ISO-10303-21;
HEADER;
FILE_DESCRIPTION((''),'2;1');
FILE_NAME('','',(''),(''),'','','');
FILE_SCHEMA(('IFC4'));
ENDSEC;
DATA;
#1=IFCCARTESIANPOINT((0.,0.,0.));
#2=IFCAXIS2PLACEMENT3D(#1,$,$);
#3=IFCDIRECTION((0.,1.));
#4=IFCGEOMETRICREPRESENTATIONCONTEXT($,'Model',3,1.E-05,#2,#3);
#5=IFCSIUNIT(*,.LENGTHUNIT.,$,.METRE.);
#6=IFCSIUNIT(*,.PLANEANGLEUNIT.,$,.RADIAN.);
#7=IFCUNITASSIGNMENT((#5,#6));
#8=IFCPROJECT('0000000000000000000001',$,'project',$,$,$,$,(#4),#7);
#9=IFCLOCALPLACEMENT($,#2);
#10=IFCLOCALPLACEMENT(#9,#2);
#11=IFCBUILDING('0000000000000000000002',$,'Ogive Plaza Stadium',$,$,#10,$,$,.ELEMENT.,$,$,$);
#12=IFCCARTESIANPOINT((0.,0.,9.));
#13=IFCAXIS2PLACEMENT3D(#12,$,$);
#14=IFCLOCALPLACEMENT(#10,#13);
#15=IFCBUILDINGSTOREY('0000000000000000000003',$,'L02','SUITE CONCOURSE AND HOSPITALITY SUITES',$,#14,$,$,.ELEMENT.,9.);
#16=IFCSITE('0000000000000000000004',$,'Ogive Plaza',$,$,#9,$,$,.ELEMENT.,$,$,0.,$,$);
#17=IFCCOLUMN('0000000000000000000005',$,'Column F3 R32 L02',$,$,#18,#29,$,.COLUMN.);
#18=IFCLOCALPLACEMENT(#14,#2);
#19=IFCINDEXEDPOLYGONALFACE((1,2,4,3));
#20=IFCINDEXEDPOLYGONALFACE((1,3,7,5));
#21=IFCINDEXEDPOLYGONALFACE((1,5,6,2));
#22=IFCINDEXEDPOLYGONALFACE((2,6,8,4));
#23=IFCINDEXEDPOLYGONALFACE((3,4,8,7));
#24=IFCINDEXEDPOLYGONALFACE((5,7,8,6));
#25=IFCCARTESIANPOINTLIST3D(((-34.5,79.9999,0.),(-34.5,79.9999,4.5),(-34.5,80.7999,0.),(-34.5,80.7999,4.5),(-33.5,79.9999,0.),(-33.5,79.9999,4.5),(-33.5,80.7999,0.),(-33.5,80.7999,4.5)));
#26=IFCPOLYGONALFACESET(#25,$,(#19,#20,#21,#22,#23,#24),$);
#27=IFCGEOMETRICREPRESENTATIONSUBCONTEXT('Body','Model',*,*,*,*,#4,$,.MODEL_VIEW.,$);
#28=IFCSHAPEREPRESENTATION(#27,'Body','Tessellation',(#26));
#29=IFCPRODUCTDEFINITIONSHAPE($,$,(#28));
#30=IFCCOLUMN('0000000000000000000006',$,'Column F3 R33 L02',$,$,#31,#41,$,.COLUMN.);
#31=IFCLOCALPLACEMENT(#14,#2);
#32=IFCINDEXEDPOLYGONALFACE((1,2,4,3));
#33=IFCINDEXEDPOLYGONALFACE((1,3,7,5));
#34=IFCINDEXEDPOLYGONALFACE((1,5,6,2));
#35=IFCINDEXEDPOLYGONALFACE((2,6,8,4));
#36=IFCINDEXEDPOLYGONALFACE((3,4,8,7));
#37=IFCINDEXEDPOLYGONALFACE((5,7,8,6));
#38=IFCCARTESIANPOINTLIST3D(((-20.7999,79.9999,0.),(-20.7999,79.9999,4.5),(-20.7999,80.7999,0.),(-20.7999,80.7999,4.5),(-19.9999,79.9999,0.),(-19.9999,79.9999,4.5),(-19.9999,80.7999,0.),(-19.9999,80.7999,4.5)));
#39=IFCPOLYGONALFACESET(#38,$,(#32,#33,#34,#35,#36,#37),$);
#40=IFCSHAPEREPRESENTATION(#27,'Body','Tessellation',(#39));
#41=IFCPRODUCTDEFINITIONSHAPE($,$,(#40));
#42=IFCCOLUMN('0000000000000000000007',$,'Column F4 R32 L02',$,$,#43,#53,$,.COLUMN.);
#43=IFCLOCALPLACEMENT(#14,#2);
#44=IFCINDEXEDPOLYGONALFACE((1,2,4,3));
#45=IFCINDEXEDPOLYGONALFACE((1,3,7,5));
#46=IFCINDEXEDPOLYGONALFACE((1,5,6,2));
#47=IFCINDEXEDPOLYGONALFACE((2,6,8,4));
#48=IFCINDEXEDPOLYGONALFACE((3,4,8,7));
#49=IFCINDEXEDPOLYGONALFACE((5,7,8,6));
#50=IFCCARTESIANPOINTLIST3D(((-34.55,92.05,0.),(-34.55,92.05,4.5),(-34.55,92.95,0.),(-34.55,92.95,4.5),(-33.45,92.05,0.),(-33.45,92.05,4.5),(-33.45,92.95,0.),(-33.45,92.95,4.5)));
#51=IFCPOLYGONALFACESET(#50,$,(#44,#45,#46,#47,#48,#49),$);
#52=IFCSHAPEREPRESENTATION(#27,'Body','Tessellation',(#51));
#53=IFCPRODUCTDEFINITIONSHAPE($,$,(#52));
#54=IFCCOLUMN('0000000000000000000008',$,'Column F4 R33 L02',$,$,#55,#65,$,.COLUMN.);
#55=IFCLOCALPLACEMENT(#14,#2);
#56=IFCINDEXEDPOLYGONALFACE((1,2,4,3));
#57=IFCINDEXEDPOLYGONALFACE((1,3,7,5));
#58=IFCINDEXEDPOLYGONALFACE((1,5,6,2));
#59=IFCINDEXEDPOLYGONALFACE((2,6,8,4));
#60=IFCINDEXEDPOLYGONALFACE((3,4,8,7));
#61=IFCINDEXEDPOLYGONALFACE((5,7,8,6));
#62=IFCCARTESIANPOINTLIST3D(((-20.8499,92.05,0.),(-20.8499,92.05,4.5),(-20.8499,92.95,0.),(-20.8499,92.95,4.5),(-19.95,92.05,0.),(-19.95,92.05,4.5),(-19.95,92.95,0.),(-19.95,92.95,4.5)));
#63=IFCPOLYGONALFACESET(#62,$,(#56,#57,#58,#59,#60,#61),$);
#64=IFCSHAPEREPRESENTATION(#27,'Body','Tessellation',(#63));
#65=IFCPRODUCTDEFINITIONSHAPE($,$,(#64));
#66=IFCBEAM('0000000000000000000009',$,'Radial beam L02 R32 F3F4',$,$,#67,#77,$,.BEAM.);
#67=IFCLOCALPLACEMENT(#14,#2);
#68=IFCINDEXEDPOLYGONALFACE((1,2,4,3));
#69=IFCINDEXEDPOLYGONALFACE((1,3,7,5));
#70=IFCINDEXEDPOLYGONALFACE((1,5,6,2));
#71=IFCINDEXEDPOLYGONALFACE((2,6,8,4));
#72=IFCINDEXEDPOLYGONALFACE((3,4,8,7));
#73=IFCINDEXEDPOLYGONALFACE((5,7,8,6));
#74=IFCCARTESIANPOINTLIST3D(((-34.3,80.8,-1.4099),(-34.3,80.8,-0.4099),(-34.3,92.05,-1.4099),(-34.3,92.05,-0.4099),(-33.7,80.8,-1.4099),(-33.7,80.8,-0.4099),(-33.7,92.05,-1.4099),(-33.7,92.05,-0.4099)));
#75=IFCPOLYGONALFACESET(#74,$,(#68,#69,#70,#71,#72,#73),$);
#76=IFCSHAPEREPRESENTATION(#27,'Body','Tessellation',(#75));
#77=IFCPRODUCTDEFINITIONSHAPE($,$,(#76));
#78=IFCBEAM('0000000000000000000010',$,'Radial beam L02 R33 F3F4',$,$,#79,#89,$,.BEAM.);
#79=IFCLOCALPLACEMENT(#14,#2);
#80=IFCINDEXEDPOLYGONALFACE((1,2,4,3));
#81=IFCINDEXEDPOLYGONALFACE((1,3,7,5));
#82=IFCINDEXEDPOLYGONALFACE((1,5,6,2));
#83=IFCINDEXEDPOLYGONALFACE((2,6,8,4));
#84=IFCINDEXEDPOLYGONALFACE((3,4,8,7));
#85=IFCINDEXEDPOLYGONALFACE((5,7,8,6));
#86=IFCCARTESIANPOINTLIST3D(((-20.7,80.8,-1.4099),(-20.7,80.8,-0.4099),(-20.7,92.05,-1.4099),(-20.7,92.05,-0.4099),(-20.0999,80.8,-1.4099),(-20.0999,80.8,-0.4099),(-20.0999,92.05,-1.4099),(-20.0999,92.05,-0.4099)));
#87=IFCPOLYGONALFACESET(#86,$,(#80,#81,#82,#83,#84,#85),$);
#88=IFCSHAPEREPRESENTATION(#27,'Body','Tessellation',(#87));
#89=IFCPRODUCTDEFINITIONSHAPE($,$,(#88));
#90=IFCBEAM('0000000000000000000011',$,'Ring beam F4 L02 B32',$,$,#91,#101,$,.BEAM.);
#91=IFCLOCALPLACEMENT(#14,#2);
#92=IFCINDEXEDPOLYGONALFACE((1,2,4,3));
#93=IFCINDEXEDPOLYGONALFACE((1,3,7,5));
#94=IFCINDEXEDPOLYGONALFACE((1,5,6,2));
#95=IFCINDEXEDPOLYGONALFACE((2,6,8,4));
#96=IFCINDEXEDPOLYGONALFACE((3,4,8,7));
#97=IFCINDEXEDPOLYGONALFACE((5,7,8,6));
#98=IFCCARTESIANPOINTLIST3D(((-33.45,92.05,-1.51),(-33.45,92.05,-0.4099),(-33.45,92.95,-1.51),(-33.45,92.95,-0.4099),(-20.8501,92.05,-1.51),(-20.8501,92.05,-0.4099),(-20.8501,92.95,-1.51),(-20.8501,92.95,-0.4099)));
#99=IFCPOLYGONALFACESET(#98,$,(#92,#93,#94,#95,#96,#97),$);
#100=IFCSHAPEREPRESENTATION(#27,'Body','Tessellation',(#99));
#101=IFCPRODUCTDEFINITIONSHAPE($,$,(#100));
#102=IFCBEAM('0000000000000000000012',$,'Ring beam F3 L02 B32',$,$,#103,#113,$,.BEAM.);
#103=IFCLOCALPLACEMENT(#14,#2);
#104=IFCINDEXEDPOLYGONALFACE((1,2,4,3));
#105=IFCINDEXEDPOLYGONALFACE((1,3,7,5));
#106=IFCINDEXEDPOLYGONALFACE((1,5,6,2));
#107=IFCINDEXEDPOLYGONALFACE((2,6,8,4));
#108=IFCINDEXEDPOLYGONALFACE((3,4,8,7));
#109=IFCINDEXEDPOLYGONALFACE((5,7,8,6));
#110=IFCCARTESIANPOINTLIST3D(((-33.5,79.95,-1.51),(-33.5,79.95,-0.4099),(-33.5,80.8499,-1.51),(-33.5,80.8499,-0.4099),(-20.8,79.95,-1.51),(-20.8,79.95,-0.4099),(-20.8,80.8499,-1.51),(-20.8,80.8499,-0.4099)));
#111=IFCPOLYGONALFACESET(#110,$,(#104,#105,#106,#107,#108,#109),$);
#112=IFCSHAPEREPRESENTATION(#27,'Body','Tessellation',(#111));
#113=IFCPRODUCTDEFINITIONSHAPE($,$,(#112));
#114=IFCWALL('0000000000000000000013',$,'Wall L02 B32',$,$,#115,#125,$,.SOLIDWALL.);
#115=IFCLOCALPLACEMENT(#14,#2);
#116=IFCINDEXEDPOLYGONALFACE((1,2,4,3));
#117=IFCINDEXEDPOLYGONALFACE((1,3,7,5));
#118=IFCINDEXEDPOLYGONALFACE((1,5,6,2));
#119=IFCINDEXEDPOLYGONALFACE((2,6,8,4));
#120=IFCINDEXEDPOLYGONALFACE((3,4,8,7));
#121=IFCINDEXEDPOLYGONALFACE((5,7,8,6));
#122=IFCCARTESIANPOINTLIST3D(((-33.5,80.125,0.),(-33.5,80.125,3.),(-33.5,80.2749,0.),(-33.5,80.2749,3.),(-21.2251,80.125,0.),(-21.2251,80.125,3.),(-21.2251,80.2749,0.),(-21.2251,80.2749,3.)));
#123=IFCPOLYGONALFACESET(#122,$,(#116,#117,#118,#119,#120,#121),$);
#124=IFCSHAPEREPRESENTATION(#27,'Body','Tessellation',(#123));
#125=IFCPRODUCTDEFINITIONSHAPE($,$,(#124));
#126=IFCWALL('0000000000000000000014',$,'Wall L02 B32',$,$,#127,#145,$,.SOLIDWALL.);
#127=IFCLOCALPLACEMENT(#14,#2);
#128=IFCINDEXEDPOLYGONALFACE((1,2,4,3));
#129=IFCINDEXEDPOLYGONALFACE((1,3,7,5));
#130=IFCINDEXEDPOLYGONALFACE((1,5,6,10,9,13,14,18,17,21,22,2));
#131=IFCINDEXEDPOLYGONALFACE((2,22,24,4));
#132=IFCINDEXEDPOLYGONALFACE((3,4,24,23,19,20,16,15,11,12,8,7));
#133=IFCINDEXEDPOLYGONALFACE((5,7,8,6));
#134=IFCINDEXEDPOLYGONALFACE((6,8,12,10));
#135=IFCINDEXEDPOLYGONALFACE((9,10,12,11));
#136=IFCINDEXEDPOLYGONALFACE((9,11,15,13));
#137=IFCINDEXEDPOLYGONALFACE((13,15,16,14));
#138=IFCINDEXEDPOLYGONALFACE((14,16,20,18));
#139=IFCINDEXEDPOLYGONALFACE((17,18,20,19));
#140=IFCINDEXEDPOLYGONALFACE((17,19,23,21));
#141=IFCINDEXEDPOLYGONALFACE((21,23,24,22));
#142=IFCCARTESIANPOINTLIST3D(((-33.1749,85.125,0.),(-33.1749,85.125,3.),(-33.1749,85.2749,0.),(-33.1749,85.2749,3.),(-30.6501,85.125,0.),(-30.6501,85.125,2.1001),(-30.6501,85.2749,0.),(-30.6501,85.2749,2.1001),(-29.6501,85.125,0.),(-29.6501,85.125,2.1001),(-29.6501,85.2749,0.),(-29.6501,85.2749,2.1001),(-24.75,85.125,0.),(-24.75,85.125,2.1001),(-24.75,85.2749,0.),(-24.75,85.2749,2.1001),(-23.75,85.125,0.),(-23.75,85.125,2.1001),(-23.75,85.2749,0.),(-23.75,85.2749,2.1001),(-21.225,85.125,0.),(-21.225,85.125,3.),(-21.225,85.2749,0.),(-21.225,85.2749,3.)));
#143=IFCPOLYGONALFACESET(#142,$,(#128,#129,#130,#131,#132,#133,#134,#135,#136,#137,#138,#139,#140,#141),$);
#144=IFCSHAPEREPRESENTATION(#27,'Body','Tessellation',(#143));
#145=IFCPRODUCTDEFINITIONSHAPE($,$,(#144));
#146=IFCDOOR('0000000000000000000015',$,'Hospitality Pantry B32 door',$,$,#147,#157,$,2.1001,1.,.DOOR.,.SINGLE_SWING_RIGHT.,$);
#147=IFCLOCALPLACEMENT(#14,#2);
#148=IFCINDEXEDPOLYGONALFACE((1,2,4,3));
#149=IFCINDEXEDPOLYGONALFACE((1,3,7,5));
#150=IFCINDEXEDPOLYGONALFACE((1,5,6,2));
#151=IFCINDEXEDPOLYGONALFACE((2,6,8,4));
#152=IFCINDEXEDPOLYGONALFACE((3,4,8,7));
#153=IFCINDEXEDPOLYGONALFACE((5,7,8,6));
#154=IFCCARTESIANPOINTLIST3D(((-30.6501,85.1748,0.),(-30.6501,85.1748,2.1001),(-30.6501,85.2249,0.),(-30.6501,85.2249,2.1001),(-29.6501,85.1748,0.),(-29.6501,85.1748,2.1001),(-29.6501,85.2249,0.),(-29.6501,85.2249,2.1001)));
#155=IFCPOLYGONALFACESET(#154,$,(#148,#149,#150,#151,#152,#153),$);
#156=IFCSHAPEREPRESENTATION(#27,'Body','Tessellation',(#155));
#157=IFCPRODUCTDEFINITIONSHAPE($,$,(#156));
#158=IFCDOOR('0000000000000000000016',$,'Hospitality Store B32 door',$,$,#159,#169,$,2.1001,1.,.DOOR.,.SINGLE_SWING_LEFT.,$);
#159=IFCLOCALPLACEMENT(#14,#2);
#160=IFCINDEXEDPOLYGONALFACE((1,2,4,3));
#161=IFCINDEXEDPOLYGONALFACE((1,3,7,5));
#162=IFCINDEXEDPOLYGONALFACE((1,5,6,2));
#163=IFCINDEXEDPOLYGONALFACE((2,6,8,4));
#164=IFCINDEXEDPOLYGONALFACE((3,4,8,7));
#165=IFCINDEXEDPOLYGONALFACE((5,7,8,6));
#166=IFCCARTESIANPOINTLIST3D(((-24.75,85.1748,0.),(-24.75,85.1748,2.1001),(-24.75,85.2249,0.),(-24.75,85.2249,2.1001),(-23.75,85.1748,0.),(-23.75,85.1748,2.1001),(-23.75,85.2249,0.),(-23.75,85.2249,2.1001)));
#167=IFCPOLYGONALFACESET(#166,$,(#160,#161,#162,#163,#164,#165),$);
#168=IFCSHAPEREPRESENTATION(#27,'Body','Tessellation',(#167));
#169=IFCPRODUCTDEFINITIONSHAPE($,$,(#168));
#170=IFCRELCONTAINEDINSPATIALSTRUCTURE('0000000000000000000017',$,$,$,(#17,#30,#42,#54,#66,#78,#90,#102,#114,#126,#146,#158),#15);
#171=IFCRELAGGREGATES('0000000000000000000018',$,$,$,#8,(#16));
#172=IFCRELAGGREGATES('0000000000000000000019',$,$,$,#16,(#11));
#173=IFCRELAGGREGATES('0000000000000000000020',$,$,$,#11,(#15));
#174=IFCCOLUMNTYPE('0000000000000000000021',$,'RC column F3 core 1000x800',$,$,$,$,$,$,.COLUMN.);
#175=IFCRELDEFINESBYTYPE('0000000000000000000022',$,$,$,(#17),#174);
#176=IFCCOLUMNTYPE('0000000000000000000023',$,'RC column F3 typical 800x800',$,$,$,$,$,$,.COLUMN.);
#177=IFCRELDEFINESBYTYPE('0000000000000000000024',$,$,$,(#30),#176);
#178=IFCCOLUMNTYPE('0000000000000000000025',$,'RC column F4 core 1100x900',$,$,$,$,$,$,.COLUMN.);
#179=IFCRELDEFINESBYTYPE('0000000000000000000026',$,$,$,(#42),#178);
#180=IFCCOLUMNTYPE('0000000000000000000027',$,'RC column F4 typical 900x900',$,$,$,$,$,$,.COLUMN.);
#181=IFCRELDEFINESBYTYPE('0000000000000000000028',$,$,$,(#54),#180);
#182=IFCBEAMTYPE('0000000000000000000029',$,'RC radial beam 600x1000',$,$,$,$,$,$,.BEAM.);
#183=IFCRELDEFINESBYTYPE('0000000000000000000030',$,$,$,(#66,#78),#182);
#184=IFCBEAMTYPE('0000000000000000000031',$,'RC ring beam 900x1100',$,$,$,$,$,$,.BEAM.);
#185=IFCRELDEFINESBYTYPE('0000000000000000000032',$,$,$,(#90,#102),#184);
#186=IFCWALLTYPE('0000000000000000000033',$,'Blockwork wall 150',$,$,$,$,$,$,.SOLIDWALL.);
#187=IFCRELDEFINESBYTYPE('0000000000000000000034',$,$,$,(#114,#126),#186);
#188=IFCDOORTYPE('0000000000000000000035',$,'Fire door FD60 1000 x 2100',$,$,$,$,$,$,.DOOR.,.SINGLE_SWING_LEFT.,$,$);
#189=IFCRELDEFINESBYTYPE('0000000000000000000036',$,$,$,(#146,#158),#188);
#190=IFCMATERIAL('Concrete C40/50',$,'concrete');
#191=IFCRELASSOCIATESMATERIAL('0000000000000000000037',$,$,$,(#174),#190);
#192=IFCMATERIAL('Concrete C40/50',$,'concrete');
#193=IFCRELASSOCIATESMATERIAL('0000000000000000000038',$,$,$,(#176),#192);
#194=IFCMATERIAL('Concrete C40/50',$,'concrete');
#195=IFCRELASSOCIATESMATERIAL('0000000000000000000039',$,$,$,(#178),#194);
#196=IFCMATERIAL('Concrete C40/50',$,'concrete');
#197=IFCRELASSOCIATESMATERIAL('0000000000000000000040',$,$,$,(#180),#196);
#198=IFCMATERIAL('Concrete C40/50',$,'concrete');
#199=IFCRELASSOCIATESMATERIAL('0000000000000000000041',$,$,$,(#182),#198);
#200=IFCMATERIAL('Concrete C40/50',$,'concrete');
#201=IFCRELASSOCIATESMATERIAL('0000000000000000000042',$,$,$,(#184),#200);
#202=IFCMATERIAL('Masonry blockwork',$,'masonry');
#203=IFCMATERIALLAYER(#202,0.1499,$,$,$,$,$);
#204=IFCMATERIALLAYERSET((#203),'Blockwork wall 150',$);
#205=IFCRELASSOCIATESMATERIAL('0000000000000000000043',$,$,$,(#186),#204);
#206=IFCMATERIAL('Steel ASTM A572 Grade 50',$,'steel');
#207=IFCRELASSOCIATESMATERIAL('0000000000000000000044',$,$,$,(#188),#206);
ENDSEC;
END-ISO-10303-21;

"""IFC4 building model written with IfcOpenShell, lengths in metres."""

from ifc_helpers import new_model, si_unit, direction, frame, frame_2d, origin, origin_2d, place, context, subcontext, project, spatial, rectangle, extrude, material, layer, layer_set, material_profile, profile_set, type_object, element, fill, save


model = new_model("IFC4")

# Units and contexts
model_context = context("Model", 3, precision=1e-05, world=origin(), true_north=direction((0.0, 1.0)))
body_context = subcontext(model_context, "Body", "Model", "MODEL_VIEW")
ifc_project = project(units=[si_unit("LENGTHUNIT", "METRE"), si_unit("PLANEANGLEUNIT", "RADIAN")], contexts=[model_context])

# Site, building, storey
site_placement = place(None, origin())
site = spatial("IfcSite", under=ifc_project, at=site_placement, Name="Ogive Plaza", CompositionType="ELEMENT", RefElevation=0.0)
building_placement = place(site_placement, origin())
building = spatial("IfcBuilding", under=site, at=building_placement, Name="Ogive Plaza Stadium", CompositionType="ELEMENT")
storey_placement = place(building_placement, frame((0.0, 0.0, 9.0)))
storey = spatial("IfcBuildingStorey", under=building, at=storey_placement, Name="L02", Description="SUITE CONCOURSE AND HOSPITALITY SUITES", CompositionType="ELEMENT", Elevation=9.0)

# Columns
ifc_material_1 = material(Name="Concrete C40/50", Category="concrete")
ifc_material_profile_1 = material_profile(ifc_material_1, rectangle(XDim=1.0, YDim=0.8, at=origin_2d()), Name="RC 1000x800")
ifc_profile_set_1 = profile_set([ifc_material_profile_1], Name="Concrete C40/50")
column_type_1 = type_object("IfcColumnType", Name="RC column F3 core 1000x800", PredefinedType="COLUMN", material=ifc_profile_set_1)
column_1_placement = place(storey_placement, frame((-34.0, 80.3999, 0.0), z_axis=(0.0, 0.0, 1.0), x_axis=(-1.0, 0.0, 0.0)))
element("IfcColumn", 1, at=column_1_placement, inside=storey, type_object=column_type_1, Name="Column F3 R32 L02", PredefinedType="COLUMN", context=body_context, shape_type="SweptSolid", body=[
    extrude(rectangle(XDim=1.0, YDim=0.8, at=origin_2d()), origin(), (0.0, 0.0, 1.0), 4.5),
])
ifc_material_2 = material(Name="Concrete C40/50", Category="concrete")
ifc_material_profile_2 = material_profile(ifc_material_2, rectangle(XDim=0.8, YDim=0.8, at=origin_2d()), Name="RC 800x800")
ifc_profile_set_2 = profile_set([ifc_material_profile_2], Name="Concrete C40/50")
column_type_2 = type_object("IfcColumnType", Name="RC column F3 typical 800x800", PredefinedType="COLUMN", material=ifc_profile_set_2)
column_2_placement = place(storey_placement, frame((-20.3999, 80.3999, 0.0), z_axis=(0.0, 0.0, 1.0), x_axis=(-1.0, 0.0, 0.0)))
element("IfcColumn", 2, at=column_2_placement, inside=storey, type_object=column_type_2, Name="Column F3 R33 L02", PredefinedType="COLUMN", context=body_context, shape_type="SweptSolid", body=[
    extrude(rectangle(XDim=0.8, YDim=0.8, at=origin_2d()), origin(), (0.0, 0.0, 1.0), 4.5),
])
ifc_material_3 = material(Name="Concrete C40/50", Category="concrete")
ifc_material_profile_3 = material_profile(ifc_material_3, rectangle(XDim=1.1001, YDim=0.8999, at=origin_2d()), Name="RC 1100x900")
ifc_profile_set_3 = profile_set([ifc_material_profile_3], Name="Concrete C40/50")
column_type_3 = type_object("IfcColumnType", Name="RC column F4 core 1100x900", PredefinedType="COLUMN", material=ifc_profile_set_3)
column_3_placement = place(storey_placement, frame((-34.0, 92.5, 0.0), z_axis=(0.0, 0.0, 1.0), x_axis=(-1.0, 0.0, 0.0)))
element("IfcColumn", 3, at=column_3_placement, inside=storey, type_object=column_type_3, Name="Column F4 R32 L02", PredefinedType="COLUMN", context=body_context, shape_type="SweptSolid", body=[
    extrude(rectangle(XDim=1.1001, YDim=0.8999, at=origin_2d()), origin(), (0.0, 0.0, 1.0), 4.5),
])
ifc_material_4 = material(Name="Concrete C40/50", Category="concrete")
ifc_material_profile_4 = material_profile(ifc_material_4, rectangle(XDim=0.8999, YDim=0.8999, at=origin_2d()), Name="RC 900x900")
ifc_profile_set_4 = profile_set([ifc_material_profile_4], Name="Concrete C40/50")
column_type_4 = type_object("IfcColumnType", Name="RC column F4 typical 900x900", PredefinedType="COLUMN", material=ifc_profile_set_4)
column_4_placement = place(storey_placement, frame((-20.3999, 92.5, 0.0), z_axis=(0.0, 0.0, 1.0), x_axis=(-1.0, 0.0, 0.0)))
element("IfcColumn", 4, at=column_4_placement, inside=storey, type_object=column_type_4, Name="Column F4 R33 L02", PredefinedType="COLUMN", context=body_context, shape_type="SweptSolid", body=[
    extrude(rectangle(XDim=0.8999, YDim=0.8999, at=origin_2d()), origin(), (0.0, 0.0, 1.0), 4.5),
])

# Beams
ifc_material_5 = material(Name="Concrete C40/50", Category="concrete")
ifc_material_profile_5 = material_profile(ifc_material_5, rectangle(XDim=0.6001, YDim=1.0, at=origin_2d()), Name="RC 600x1000")
ifc_profile_set_5 = profile_set([ifc_material_profile_5], Name="Concrete C40/50")
beam_type_1 = type_object("IfcBeamType", Name="RC radial beam 600x1000", PredefinedType="BEAM", material=ifc_profile_set_5)
for number, where, z_axis, x_axis, name in (
    (5, (-34.0, 80.8, -0.9099), (0.0, 1.0, 0.0), (-1.0, 0.0, 0.0), "Radial beam L02 R32 F3F4"),
    (6, (-20.3999, 80.8, -0.9099), (0.0, 1.0, 0.0), (-1.0, 0.0, 0.0), "Radial beam L02 R33 F3F4"),
):
    element("IfcBeam", number, at=place(storey_placement, frame(where, z_axis=z_axis, x_axis=x_axis)), inside=storey, type_object=beam_type_1, Name=name, PredefinedType="BEAM", context=body_context, shape_type="SweptSolid", body=[
        extrude(rectangle(XDim=0.6001, YDim=1.0, at=origin_2d()), origin(), (0.0, 0.0, 1.0), 11.25),
    ])
ifc_material_6 = material(Name="Concrete C40/50", Category="concrete")
ifc_material_profile_6 = material_profile(ifc_material_6, rectangle(XDim=0.8999, YDim=1.1001, at=origin_2d()), Name="RC 900x1100")
ifc_profile_set_6 = profile_set([ifc_material_profile_6], Name="Concrete C40/50")
beam_type_2 = type_object("IfcBeamType", Name="RC ring beam 900x1100", PredefinedType="BEAM", material=ifc_profile_set_6)
beam_1_placement = place(storey_placement, frame((-33.45, 92.5, -0.96), z_axis=(1.0, 0.0, 0.0), x_axis=(0.0, 1.0, 0.0)))
element("IfcBeam", 7, at=beam_1_placement, inside=storey, type_object=beam_type_2, Name="Ring beam F4 L02 B32", PredefinedType="BEAM", context=body_context, shape_type="SweptSolid", body=[
    extrude(rectangle(XDim=0.8999, YDim=1.1001, at=origin_2d()), origin(), (0.0, 0.0, 1.0), 12.5999),
])
beam_2_placement = place(storey_placement, frame((-33.5, 80.3999, -0.96), z_axis=(1.0, 0.0, 0.0), x_axis=(0.0, 1.0, 0.0)))
element("IfcBeam", 8, at=beam_2_placement, inside=storey, type_object=beam_type_2, Name="Ring beam F3 L02 B32", PredefinedType="BEAM", context=body_context, shape_type="SweptSolid", body=[
    extrude(rectangle(XDim=0.8999, YDim=1.1001, at=origin_2d()), origin(), (0.0, 0.0, 1.0), 12.7),
])

# Wall
ifc_material_7 = material(Name="Masonry blockwork", Category="masonry")
ifc_layer_1 = layer(ifc_material_7, 0.1499)
ifc_layer_set_1 = layer_set([ifc_layer_1], Name="Blockwork wall 150")
wall_type_1 = type_object("IfcWallType", Name="Blockwork wall 150", PredefinedType="SOLIDWALL", material=ifc_layer_set_1)
wall_1_placement = place(storey_placement, frame((-33.5, 80.2, 0.0), z_axis=(0.0, 0.0, 1.0), x_axis=(1.0, 0.0, 0.0)))
element("IfcWall", 9, at=wall_1_placement, inside=storey, type_object=wall_type_1, Name="Wall L02 B32", PredefinedType="SOLIDWALL", context=body_context, shape_type="SweptSolid", body=[
    extrude(rectangle(XDim=12.2749, YDim=0.1499, at=frame_2d((6.1375, 0.0))), origin(), (0.0, 0.0, 1.0), 3.0),
])

# Wall, openings, doors
wall_2_placement = place(storey_placement, frame((-33.175, 85.2, 0.0), z_axis=(0.0, 0.0, 1.0), x_axis=(1.0, 0.0, 0.0)))
wall_2 = element("IfcWall", 10, at=wall_2_placement, inside=storey, type_object=wall_type_1, Name="Wall L02 B32", PredefinedType="SOLIDWALL", context=body_context, shape_type="SweptSolid", body=[
    extrude(rectangle(XDim=11.95, YDim=0.1499, at=frame_2d((5.9751, 0.0))), origin(), (0.0, 0.0, 1.0), 3.0),
])
opening_1_placement = place(wall_2_placement, frame((2.5249, 0.0, 0.0)))
opening_1 = element("IfcOpeningElement", 11, at=opening_1_placement, cuts=wall_2, PredefinedType="OPENING", context=body_context, shape_type="SweptSolid", body=[
    extrude(rectangle(XDim=1.0, YDim=2.1001, at=frame_2d((0.5, 1.05))), frame((0.0, 0.075, 0.0), z_axis=(0.0, -1.0, 0.0), x_axis=(1.0, 0.0, 0.0)), (0.0, 0.0, 1.0), 0.1499),
])
opening_2_placement = place(wall_2_placement, frame((8.425, 0.0, 0.0)))
opening_2 = element("IfcOpeningElement", 12, at=opening_2_placement, cuts=wall_2, PredefinedType="OPENING", context=body_context, shape_type="SweptSolid", body=[
    extrude(rectangle(XDim=1.0, YDim=2.1001, at=frame_2d((0.5, 1.05))), frame((0.0, 0.075, 0.0), z_axis=(0.0, -1.0, 0.0), x_axis=(1.0, 0.0, 0.0)), (0.0, 0.0, 1.0), 0.1499),
])
ifc_material_8 = material(Name="Steel ASTM A572 Grade 50", Category="steel")
door_type = type_object("IfcDoorType", Name="Fire door FD60 1000 x 2100", OperationType="SINGLE_SWING_LEFT", PredefinedType="DOOR", material=ifc_material_8)
door_1_placement = place(opening_1_placement, origin())
door_1 = element("IfcDoor", 13, at=door_1_placement, inside=storey, type_object=door_type, Name="Hospitality Pantry B32 door", OperationType="SINGLE_SWING_RIGHT", OverallHeight=2.1001, OverallWidth=1.0, PredefinedType="DOOR", context=body_context, shape_type="SweptSolid", body=[
    extrude(rectangle(XDim=1.0, YDim=2.1001, at=frame_2d((0.5, 1.05))), frame((0.0, 0.0249, 0.0), z_axis=(0.0, -1.0, 0.0), x_axis=(1.0, 0.0, 0.0)), (0.0, 0.0, 1.0), 0.05),
])
fill(opening_1, door_1)
door_2_placement = place(opening_2_placement, origin())
door_2 = element("IfcDoor", 14, at=door_2_placement, inside=storey, type_object=door_type, Name="Hospitality Store B32 door", OperationType="SINGLE_SWING_LEFT", OverallHeight=2.1001, OverallWidth=1.0, PredefinedType="DOOR", context=body_context, shape_type="SweptSolid", body=[
    extrude(rectangle(XDim=1.0, YDim=2.1001, at=frame_2d((0.5, 1.05))), frame((0.0, 0.0249, 0.0), z_axis=(0.0, -1.0, 0.0), x_axis=(1.0, 0.0, 0.0)), (0.0, 0.0, 1.0), 0.05),
])
fill(opening_2, door_2)

save(model, "model.ifc")
